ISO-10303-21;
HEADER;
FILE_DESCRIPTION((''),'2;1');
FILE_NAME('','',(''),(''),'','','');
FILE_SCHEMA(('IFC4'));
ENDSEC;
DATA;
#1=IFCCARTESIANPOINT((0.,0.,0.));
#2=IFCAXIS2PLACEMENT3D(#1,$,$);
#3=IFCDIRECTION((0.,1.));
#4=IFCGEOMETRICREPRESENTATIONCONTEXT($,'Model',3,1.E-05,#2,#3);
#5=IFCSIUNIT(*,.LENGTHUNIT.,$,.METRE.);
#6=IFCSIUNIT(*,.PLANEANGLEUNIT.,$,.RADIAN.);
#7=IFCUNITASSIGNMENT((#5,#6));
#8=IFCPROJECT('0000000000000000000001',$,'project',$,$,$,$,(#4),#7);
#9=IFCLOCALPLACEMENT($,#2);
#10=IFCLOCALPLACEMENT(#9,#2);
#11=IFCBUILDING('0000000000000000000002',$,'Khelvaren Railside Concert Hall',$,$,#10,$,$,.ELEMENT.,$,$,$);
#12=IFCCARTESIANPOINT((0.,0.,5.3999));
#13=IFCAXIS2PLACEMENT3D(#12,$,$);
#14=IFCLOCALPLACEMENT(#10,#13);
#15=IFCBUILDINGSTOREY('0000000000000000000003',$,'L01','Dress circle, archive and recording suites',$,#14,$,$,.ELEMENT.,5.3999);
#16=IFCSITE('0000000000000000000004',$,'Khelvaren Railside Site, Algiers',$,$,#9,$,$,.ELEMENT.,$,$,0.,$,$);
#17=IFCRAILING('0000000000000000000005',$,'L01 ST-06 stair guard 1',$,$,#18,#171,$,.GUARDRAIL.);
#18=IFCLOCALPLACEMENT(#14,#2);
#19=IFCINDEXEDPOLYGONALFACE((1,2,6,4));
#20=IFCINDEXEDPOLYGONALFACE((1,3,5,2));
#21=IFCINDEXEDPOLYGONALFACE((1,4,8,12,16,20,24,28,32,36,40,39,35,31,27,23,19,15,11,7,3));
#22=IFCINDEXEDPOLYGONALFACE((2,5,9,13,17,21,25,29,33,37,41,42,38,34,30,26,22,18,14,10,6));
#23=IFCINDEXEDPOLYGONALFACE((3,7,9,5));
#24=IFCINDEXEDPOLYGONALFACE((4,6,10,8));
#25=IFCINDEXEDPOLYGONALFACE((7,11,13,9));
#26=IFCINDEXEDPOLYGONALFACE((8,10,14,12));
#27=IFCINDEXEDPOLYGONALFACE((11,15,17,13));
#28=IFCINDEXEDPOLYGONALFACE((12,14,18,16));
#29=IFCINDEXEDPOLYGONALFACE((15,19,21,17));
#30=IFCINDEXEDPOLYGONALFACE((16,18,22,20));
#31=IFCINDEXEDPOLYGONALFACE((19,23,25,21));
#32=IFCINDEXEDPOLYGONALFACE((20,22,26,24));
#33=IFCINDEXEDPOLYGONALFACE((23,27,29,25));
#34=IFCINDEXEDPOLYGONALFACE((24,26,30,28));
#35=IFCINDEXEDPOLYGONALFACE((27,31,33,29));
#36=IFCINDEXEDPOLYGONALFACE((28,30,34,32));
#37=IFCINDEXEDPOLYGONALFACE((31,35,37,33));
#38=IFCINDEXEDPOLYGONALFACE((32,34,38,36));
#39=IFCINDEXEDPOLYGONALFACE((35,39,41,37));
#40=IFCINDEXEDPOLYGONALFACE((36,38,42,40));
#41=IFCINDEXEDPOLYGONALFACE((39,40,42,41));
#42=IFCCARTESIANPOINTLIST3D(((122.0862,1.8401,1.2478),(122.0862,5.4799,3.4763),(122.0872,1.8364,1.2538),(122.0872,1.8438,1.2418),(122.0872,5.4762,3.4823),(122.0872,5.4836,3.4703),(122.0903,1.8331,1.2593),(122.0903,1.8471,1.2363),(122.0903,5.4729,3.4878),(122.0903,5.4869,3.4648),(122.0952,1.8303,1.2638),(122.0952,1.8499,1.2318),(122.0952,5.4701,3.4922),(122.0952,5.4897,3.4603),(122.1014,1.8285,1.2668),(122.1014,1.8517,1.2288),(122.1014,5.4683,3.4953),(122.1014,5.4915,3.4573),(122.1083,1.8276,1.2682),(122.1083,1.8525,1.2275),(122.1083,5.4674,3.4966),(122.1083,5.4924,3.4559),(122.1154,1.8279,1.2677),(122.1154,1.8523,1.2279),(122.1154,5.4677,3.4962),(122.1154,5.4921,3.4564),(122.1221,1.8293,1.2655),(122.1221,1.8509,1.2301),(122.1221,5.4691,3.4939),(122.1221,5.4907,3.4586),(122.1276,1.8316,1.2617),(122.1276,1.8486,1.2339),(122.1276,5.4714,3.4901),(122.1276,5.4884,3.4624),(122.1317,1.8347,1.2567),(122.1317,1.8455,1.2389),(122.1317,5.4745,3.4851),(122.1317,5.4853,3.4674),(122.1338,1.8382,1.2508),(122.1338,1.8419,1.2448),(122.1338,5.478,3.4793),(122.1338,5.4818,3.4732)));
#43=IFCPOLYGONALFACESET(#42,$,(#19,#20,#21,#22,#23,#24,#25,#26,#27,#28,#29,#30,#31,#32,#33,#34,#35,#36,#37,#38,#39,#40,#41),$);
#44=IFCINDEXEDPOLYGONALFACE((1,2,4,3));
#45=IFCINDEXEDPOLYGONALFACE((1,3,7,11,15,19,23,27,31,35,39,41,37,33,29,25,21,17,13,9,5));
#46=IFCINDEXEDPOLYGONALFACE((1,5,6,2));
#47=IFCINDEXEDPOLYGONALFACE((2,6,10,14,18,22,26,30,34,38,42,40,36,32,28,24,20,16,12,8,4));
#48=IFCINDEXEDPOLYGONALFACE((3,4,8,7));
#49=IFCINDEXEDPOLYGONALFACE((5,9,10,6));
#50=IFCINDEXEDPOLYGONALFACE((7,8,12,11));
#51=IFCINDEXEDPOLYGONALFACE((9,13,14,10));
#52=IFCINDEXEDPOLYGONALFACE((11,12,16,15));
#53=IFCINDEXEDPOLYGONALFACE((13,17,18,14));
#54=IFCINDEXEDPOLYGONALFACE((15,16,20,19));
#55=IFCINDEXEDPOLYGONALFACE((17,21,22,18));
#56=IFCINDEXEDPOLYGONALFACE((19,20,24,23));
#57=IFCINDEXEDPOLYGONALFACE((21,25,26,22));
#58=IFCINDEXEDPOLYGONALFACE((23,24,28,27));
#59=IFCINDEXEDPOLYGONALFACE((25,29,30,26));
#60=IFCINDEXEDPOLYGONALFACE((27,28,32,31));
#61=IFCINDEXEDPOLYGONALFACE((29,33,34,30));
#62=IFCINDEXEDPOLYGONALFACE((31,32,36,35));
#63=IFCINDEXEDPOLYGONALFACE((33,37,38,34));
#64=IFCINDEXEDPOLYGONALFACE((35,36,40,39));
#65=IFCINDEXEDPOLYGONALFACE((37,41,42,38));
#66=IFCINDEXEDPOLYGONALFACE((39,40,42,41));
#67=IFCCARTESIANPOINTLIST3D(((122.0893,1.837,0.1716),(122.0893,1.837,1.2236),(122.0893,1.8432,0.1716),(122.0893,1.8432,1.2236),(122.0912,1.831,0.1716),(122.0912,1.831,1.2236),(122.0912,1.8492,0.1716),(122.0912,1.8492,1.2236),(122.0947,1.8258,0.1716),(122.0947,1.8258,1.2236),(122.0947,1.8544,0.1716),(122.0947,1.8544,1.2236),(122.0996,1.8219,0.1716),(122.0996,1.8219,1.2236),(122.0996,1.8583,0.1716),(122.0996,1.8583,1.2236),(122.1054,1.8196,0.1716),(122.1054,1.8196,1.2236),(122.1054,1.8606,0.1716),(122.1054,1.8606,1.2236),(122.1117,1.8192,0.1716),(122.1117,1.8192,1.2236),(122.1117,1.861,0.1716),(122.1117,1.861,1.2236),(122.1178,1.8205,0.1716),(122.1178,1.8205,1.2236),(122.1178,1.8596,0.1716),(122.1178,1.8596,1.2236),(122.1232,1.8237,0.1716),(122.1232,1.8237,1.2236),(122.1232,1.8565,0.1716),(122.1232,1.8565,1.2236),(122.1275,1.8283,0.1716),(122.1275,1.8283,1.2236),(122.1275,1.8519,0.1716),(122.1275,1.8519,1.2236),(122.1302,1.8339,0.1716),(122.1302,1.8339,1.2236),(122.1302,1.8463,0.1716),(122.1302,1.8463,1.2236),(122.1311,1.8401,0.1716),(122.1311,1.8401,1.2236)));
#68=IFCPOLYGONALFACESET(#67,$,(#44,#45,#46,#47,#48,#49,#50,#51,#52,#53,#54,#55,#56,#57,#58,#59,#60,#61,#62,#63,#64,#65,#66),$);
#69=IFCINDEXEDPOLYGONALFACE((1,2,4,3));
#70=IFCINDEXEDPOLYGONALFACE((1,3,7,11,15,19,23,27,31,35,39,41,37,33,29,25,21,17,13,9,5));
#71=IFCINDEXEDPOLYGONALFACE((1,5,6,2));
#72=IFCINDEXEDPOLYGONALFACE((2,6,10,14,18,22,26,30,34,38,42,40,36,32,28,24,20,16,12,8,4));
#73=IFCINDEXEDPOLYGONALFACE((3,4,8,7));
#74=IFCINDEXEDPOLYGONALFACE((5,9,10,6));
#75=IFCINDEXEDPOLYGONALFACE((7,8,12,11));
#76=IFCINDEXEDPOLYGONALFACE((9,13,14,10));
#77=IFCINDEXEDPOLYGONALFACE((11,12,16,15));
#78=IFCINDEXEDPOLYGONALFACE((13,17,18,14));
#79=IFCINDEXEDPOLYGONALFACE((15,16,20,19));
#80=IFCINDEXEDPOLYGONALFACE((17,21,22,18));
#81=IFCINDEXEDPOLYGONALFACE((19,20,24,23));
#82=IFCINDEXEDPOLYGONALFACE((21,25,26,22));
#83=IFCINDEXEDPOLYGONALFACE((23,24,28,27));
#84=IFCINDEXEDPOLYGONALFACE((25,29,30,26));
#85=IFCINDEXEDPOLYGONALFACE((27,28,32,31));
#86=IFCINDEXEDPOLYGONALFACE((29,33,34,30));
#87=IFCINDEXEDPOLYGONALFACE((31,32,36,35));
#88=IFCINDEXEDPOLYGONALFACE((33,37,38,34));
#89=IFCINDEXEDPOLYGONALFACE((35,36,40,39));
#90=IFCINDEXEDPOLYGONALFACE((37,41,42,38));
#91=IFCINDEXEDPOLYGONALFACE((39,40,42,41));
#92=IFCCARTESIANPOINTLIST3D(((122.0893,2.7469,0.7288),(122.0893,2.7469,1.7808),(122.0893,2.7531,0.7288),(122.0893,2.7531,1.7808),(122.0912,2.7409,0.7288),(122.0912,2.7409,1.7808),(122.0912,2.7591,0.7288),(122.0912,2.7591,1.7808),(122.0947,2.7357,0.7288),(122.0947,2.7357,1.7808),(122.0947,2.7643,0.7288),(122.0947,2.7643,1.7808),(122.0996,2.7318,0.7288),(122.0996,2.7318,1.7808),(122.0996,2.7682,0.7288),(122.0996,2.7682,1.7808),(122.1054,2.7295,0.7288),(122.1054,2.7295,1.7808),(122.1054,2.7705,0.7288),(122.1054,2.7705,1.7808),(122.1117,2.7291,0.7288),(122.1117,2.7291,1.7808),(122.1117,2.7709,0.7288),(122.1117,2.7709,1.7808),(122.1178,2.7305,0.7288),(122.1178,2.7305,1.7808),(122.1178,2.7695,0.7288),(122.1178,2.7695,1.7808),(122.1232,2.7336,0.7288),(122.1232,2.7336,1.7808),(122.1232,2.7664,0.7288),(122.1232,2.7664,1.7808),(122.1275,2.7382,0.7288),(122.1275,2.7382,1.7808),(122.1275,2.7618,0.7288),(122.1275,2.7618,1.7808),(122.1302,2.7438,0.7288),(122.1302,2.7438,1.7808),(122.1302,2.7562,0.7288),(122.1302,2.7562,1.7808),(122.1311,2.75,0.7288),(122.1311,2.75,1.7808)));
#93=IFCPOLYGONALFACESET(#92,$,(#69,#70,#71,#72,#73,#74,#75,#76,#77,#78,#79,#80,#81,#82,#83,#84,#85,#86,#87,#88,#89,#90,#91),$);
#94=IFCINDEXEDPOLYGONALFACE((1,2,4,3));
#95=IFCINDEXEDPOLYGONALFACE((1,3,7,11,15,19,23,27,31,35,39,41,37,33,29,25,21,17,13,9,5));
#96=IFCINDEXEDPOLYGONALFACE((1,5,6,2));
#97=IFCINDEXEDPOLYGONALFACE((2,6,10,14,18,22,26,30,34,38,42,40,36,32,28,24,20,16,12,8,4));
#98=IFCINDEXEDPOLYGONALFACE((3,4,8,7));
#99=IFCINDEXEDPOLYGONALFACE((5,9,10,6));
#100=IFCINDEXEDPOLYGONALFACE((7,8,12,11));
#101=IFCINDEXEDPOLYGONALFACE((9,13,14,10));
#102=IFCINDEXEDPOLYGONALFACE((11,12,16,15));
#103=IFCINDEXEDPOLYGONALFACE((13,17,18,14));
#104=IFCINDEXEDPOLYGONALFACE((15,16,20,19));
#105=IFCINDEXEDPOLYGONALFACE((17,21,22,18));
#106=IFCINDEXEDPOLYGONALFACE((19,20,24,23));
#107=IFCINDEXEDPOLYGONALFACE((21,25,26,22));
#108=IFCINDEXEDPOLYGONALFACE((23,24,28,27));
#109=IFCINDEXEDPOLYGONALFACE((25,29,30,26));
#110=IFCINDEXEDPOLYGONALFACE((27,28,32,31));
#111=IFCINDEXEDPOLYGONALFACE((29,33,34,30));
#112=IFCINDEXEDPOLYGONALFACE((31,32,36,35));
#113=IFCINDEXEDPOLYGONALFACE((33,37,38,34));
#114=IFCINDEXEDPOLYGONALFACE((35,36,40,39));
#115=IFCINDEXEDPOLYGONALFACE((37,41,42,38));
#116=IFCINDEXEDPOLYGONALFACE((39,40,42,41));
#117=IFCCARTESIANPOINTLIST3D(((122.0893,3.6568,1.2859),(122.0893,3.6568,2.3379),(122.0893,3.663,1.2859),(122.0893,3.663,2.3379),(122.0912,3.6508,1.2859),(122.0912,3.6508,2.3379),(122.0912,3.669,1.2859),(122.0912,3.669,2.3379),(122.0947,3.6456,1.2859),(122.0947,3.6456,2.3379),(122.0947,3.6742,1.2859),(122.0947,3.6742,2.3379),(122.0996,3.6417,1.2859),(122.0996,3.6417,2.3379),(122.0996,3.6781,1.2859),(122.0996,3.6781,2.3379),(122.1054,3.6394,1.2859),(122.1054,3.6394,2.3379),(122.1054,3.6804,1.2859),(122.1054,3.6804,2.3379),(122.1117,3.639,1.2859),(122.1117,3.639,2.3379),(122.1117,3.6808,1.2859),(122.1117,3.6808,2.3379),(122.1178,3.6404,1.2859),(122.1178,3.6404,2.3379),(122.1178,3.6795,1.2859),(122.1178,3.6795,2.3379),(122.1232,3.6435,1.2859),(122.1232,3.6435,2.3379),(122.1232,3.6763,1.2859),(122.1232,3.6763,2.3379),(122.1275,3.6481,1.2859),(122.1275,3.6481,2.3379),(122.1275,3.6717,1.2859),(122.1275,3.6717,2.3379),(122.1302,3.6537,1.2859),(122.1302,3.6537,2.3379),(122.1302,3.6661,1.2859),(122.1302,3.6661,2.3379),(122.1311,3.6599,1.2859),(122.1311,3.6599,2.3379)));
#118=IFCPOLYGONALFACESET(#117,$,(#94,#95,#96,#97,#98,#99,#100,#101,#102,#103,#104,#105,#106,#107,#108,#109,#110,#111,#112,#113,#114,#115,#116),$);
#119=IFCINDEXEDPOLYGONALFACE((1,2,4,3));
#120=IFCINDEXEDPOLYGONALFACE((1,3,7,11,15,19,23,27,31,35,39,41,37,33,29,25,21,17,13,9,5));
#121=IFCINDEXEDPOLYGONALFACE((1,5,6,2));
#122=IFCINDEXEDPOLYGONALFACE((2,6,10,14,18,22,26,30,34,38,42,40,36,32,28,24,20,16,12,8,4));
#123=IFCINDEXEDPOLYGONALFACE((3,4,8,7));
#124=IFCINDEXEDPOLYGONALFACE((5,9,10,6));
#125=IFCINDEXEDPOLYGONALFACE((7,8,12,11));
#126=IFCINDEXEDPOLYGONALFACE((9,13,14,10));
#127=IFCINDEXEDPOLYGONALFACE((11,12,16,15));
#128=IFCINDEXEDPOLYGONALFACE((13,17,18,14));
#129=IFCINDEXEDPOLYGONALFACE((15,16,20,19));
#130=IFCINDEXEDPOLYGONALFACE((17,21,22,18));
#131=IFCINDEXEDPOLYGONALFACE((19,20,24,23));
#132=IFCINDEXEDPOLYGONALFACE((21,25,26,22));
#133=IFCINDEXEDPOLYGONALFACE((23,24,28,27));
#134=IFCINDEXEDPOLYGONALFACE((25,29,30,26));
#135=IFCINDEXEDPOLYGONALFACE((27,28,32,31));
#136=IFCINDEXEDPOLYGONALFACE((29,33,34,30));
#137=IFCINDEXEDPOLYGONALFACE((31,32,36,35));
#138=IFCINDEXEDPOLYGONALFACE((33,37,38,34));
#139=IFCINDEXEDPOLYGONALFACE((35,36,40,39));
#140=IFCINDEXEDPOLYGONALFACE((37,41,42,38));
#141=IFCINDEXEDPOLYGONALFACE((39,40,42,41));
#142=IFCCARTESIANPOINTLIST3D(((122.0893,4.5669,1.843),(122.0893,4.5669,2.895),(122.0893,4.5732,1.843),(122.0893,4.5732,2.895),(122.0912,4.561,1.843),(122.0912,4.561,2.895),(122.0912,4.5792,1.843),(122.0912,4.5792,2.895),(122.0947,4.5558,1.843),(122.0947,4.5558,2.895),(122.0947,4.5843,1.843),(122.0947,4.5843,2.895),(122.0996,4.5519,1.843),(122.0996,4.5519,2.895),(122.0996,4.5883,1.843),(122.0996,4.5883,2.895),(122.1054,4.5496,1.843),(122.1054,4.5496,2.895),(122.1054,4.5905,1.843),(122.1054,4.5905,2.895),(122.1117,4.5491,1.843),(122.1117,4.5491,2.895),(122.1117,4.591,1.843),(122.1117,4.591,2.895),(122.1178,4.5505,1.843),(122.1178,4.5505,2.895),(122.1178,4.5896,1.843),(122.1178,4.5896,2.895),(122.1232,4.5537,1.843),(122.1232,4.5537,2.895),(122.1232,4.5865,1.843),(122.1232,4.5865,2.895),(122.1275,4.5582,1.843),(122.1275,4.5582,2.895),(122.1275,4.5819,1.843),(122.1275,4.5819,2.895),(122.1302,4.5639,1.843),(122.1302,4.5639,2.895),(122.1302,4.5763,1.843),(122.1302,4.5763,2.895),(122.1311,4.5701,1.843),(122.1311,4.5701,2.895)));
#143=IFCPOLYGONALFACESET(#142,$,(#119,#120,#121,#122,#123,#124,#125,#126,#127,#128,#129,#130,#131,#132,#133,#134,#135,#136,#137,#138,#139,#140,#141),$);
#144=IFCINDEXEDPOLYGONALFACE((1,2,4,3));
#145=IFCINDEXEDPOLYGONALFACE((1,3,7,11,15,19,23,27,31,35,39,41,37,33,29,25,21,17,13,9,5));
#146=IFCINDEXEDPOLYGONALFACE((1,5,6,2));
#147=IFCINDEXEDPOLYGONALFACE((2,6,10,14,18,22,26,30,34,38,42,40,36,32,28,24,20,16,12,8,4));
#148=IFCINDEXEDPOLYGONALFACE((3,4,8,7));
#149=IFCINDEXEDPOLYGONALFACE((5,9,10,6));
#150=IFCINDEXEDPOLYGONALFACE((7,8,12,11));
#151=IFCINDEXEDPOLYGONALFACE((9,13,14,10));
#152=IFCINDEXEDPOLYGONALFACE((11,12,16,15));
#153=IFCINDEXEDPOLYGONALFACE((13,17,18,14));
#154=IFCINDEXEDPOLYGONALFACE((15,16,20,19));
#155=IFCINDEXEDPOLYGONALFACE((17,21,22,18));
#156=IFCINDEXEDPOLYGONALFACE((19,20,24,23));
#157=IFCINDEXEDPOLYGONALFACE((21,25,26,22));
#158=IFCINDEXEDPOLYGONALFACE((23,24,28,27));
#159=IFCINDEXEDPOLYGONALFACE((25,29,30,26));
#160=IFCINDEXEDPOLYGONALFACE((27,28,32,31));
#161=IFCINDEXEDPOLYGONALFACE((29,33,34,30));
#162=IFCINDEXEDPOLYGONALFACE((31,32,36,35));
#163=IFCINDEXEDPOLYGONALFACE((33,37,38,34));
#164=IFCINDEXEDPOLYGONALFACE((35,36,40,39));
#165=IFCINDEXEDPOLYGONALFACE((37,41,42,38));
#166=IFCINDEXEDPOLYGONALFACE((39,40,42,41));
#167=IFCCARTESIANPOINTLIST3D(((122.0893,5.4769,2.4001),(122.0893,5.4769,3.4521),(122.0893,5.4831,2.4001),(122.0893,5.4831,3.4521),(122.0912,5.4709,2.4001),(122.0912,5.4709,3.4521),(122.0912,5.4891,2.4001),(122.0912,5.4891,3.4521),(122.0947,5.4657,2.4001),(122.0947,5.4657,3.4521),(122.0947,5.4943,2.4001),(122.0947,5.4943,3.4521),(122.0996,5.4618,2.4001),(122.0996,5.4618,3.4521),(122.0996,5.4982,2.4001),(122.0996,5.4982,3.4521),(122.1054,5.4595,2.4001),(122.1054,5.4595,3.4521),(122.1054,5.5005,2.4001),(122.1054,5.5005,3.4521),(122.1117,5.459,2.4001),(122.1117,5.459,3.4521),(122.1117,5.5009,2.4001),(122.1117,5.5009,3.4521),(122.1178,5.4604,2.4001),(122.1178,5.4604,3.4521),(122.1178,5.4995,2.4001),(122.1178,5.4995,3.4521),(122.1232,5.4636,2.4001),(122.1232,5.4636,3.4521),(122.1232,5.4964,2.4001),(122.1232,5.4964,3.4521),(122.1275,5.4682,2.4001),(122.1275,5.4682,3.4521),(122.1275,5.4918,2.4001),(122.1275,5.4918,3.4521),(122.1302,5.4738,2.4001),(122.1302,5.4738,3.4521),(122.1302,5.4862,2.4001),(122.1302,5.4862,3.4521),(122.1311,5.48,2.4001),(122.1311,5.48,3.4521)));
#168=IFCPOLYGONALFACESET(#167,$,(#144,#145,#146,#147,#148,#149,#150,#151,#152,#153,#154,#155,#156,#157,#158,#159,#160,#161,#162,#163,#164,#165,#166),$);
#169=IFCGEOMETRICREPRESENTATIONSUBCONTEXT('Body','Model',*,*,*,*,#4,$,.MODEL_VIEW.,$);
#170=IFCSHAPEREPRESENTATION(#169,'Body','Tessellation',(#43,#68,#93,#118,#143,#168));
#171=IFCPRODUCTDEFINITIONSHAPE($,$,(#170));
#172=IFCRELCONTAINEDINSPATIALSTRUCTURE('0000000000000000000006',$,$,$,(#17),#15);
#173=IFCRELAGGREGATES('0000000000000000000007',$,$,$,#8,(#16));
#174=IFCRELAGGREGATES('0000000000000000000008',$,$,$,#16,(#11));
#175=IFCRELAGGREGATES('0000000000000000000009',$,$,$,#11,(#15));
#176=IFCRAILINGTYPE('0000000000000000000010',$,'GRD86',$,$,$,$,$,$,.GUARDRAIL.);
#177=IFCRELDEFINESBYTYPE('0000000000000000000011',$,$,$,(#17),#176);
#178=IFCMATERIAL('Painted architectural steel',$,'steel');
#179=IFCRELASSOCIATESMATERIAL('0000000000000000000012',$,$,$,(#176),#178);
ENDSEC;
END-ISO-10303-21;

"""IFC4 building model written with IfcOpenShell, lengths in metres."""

from ifc_helpers import new_model, si_unit, direction, frame, origin, origin_2d, place, context, subcontext, project, spatial, circle, extrude, material, type_object, element, save


model = new_model("IFC4")

# Units and contexts
model_context = context("Model", 3, precision=1e-05, world=origin(), true_north=direction((0.0, 1.0)))
body_context = subcontext(model_context, "Body", "Model", "MODEL_VIEW")
ifc_project = project(units=[si_unit("LENGTHUNIT", "METRE"), si_unit("PLANEANGLEUNIT", "RADIAN")], contexts=[model_context])

# Site, building, storey
site_placement = place(None, origin())
site = spatial("IfcSite", under=ifc_project, at=site_placement, Name="Khelvaren Railside Site, Algiers", CompositionType="ELEMENT", RefElevation=0.0)
building_placement = place(site_placement, origin())
building = spatial("IfcBuilding", under=site, at=building_placement, Name="Khelvaren Railside Concert Hall", CompositionType="ELEMENT")
storey_placement = place(building_placement, frame((0.0, 0.0, 5.3999)))
storey = spatial("IfcBuildingStorey", under=building, at=storey_placement, Name="L01", Description="Dress circle, archive and recording suites", CompositionType="ELEMENT", Elevation=5.3999)

# Railing
ifc_material_1 = material(Name="Painted architectural steel", Category="steel")
railing_type_1 = type_object("IfcRailingType", Name="GRD86", PredefinedType="GUARDRAIL", material=ifc_material_1)
railing_1_placement = place(storey_placement, frame((122.1101, 1.8401, 0.1716)))
element("IfcRailing", 1, at=railing_1_placement, inside=storey, type_object=railing_type_1, Name="L01 ST-06 stair guard 1", PredefinedType="GUARDRAIL", context=body_context, shape_type="SweptSolid", body=[
    extrude(circle(Radius=0.0239, at=origin_2d()), frame((0.0, 0.0, 1.0762), z_axis=(0.0, 0.85285, 0.522156), x_axis=(-1.0, 0.0, 0.0)), (0.0, 0.0, 1.0), 4.2678),
    extrude(circle(Radius=0.021, at=origin_2d()), origin(), (0.0, 0.0, 1.0), 1.052),
    extrude(circle(Radius=0.021, at=origin_2d()), frame((0.0, 0.9099, 0.5571)), (0.0, 0.0, 1.0), 1.052),
    extrude(circle(Radius=0.021, at=origin_2d()), frame((0.0, 1.8198, 1.1143)), (0.0, 0.0, 1.0), 1.052),
    extrude(circle(Radius=0.021, at=origin_2d()), frame((0.0, 2.73, 1.6714)), (0.0, 0.0, 1.0), 1.052),
    extrude(circle(Radius=0.021, at=origin_2d()), frame((0.0, 3.6399, 2.2285)), (0.0, 0.0, 1.0), 1.052),
])

save(model, "model.ifc")
